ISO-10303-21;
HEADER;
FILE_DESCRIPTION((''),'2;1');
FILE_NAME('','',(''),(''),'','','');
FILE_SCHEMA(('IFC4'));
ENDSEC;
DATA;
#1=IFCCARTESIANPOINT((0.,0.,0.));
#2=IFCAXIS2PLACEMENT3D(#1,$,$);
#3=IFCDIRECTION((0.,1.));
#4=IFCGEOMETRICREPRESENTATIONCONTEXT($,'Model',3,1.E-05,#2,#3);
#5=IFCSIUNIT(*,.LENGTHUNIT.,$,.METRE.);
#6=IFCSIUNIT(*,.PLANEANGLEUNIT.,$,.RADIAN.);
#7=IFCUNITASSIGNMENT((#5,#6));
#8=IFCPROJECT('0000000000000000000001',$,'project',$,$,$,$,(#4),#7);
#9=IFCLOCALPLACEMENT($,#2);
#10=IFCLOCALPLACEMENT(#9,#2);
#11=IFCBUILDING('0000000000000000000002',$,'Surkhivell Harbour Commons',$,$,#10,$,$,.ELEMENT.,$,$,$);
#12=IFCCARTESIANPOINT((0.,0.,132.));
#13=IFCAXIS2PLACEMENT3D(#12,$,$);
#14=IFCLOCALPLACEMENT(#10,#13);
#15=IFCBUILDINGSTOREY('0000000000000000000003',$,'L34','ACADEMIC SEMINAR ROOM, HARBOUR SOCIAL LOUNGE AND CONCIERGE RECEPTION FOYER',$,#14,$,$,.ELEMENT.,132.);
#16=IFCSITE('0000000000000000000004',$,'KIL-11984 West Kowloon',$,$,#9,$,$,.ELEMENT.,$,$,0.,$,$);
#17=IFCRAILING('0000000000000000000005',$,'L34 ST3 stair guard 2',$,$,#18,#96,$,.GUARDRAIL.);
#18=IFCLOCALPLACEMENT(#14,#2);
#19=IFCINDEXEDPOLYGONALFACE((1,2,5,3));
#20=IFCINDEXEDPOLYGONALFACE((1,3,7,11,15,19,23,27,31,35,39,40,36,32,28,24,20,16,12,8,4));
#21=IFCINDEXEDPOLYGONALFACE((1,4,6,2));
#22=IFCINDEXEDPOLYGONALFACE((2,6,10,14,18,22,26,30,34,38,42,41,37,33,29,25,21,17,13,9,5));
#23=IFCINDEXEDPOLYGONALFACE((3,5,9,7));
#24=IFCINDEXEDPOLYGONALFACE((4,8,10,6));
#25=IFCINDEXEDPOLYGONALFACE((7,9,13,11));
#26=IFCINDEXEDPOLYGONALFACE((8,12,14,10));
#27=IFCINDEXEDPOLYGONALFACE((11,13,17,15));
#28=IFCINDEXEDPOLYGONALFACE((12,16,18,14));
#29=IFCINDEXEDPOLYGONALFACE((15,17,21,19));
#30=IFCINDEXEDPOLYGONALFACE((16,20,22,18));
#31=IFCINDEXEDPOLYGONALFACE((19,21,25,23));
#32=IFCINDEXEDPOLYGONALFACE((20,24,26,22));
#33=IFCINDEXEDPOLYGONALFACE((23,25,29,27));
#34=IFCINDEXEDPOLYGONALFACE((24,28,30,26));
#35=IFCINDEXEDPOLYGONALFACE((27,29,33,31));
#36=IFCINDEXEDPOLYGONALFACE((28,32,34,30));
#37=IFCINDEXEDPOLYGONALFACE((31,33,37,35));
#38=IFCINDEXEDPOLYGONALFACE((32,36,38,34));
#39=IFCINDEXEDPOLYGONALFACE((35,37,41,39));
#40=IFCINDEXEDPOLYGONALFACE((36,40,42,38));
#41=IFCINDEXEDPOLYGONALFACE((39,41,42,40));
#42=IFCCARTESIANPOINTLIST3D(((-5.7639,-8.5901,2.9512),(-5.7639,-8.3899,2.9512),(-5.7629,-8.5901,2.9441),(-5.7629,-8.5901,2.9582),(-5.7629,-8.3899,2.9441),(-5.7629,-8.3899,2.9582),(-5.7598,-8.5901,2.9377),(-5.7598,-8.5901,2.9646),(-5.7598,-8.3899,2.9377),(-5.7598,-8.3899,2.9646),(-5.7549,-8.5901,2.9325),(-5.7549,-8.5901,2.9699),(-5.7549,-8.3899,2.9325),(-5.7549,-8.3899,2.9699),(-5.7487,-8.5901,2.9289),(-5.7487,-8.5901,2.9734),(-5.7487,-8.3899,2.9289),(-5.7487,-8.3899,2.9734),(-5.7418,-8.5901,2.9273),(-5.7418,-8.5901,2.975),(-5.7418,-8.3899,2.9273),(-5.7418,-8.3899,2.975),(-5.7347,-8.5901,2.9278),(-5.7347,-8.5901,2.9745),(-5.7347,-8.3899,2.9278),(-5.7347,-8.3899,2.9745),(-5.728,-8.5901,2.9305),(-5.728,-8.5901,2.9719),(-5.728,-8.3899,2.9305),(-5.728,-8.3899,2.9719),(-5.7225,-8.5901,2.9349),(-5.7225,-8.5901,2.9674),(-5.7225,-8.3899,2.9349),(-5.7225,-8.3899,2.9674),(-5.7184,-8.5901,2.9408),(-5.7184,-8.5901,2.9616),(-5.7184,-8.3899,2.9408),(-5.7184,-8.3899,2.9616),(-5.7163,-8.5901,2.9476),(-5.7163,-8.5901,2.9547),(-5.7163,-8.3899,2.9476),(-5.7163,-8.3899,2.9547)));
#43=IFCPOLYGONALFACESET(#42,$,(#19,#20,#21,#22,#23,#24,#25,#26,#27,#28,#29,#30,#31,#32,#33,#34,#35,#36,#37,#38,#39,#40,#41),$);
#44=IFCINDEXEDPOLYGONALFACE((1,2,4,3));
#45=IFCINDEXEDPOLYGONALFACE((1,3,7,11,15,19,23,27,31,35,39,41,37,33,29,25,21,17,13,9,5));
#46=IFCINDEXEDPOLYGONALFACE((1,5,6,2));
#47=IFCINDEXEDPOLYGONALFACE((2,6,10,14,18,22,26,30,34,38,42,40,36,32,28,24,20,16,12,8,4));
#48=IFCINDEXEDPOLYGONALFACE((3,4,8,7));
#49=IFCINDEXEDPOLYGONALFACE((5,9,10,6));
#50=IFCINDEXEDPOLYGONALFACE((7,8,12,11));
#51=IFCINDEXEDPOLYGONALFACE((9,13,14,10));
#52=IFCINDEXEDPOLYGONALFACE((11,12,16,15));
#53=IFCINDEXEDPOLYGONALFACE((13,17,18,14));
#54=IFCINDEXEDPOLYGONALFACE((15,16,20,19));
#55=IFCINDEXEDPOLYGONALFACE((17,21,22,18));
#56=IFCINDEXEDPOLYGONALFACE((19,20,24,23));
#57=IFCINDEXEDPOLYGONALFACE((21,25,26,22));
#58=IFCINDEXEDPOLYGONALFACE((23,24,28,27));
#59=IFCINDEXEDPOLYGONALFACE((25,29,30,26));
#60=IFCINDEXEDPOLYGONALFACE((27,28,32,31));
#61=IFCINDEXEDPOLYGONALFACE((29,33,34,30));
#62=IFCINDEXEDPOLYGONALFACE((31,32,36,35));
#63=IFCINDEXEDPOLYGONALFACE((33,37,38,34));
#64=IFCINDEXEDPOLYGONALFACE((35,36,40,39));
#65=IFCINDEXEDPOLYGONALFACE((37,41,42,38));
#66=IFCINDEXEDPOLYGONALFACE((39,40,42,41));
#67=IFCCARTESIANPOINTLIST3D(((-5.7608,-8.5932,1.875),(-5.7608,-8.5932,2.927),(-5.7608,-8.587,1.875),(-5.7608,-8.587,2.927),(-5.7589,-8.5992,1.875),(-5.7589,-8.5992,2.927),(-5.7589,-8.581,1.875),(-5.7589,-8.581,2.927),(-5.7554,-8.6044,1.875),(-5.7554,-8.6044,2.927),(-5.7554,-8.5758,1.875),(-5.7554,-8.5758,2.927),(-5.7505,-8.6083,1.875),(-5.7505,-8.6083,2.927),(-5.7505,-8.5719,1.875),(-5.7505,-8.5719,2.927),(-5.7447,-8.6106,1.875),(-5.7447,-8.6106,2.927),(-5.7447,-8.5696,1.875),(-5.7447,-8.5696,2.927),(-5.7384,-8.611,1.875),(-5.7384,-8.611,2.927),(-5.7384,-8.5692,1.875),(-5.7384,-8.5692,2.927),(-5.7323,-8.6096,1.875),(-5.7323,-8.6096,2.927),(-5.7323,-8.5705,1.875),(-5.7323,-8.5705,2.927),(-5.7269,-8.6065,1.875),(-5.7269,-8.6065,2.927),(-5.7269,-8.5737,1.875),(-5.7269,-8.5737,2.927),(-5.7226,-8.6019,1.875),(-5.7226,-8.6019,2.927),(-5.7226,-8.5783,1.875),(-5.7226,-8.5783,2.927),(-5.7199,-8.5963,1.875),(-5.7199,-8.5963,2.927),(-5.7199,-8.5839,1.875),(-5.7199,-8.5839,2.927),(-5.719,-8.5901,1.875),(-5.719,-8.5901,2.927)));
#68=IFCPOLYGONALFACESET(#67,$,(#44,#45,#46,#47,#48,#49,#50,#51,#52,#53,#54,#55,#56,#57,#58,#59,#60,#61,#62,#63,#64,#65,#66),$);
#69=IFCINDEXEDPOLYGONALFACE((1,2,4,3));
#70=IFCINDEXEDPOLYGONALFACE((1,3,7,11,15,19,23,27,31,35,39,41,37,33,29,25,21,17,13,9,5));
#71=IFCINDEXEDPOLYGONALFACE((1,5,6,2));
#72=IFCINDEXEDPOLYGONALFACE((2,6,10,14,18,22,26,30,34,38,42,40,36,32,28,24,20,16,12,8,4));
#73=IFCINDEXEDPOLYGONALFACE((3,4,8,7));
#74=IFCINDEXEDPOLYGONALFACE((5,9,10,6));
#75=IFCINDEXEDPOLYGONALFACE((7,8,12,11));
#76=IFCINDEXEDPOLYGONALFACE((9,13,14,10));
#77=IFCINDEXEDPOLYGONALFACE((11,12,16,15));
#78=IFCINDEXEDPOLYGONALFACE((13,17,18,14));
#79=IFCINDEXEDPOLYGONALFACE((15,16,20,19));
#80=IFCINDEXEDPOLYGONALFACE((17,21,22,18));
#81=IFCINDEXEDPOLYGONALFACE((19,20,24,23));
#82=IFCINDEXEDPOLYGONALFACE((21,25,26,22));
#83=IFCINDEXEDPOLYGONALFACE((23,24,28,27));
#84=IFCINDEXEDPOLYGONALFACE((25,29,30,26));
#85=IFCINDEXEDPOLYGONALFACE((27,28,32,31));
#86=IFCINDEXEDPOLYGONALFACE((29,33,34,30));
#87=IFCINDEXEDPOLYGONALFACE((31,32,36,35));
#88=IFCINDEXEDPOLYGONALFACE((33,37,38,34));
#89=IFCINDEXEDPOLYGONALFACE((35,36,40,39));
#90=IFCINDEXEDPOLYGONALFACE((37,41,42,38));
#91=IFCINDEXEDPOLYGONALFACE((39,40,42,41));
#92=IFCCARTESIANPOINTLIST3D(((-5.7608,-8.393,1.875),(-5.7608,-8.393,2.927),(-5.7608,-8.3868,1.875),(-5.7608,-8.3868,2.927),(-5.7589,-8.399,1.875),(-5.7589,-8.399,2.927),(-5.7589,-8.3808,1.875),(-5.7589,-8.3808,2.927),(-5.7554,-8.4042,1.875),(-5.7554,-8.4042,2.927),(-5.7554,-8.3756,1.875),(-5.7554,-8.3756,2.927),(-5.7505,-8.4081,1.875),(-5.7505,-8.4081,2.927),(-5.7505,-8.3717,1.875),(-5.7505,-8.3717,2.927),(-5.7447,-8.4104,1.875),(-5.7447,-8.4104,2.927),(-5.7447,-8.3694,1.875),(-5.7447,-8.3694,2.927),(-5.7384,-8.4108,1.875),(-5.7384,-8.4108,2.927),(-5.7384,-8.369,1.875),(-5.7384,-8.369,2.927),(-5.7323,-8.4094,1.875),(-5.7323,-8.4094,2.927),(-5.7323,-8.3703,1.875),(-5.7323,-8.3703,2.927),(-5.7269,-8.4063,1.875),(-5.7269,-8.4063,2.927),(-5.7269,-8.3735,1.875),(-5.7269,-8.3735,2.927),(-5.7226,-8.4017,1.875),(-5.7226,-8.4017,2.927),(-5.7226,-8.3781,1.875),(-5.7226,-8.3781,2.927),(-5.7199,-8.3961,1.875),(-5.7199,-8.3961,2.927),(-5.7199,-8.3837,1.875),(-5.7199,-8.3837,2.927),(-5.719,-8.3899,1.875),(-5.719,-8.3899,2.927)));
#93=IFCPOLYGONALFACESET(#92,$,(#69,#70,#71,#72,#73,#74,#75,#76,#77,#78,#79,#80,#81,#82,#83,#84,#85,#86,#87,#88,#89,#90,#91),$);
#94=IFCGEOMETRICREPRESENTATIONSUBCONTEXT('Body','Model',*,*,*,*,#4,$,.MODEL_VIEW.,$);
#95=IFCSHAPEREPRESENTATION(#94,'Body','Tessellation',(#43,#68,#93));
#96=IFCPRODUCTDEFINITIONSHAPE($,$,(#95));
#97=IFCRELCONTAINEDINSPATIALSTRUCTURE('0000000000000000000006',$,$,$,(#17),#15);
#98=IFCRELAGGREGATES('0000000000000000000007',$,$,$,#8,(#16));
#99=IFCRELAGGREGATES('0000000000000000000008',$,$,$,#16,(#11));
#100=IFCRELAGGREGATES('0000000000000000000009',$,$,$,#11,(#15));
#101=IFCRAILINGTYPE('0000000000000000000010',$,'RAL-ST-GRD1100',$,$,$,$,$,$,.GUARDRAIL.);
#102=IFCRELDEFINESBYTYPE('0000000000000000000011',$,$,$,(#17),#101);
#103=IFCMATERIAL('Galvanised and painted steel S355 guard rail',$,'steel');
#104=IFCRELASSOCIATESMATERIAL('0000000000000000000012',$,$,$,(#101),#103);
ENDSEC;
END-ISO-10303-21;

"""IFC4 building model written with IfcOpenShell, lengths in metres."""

from ifc_helpers import new_model, si_unit, direction, frame, origin, origin_2d, place, context, subcontext, project, spatial, circle, extrude, material, type_object, element, save


model = new_model("IFC4")

# Units and contexts
model_context = context("Model", 3, precision=1e-05, world=origin(), true_north=direction((0.0, 1.0)))
body_context = subcontext(model_context, "Body", "Model", "MODEL_VIEW")
ifc_project = project(units=[si_unit("LENGTHUNIT", "METRE"), si_unit("PLANEANGLEUNIT", "RADIAN")], contexts=[model_context])

# Site, building, storey
site_placement = place(None, origin())
site = spatial("IfcSite", under=ifc_project, at=site_placement, Name="KIL-11984 West Kowloon", CompositionType="ELEMENT", RefElevation=0.0)
building_placement = place(site_placement, origin())
building = spatial("IfcBuilding", under=site, at=building_placement, Name="Surkhivell Harbour Commons", CompositionType="ELEMENT")
storey_placement = place(building_placement, frame((0.0, 0.0, 132.0)))
storey = spatial("IfcBuildingStorey", under=building, at=storey_placement, Name="L34", Description="ACADEMIC SEMINAR ROOM, HARBOUR SOCIAL LOUNGE AND CONCIERGE RECEPTION FOYER", CompositionType="ELEMENT", Elevation=132.0)

# Railing
ifc_material_1 = material(Name="Galvanised and painted steel S355 guard rail", Category="steel")
railing_type_1 = type_object("IfcRailingType", Name="RAL-ST-GRD1100", PredefinedType="GUARDRAIL", material=ifc_material_1)
railing_1_placement = place(storey_placement, frame((-5.74, -8.5901, 1.875)))
element("IfcRailing", 1, at=railing_1_placement, inside=storey, type_object=railing_type_1, Name="L34 ST3 stair guard 2", PredefinedType="GUARDRAIL", context=body_context, shape_type="SweptSolid", body=[
    extrude(circle(Radius=0.0239, at=origin_2d()), frame((0.0, 0.0, 1.0762), z_axis=(0.0, 1.0, 0.0), x_axis=(-1.0, 0.0, 0.0)), (0.0, 0.0, 1.0), 0.2002),
    extrude(circle(Radius=0.021, at=origin_2d()), origin(), (0.0, 0.0, 1.0), 1.052),
    extrude(circle(Radius=0.021, at=origin_2d()), frame((0.0, 0.2002, 0.0)), (0.0, 0.0, 1.0), 1.052),
])

save(model, "model.ifc")
